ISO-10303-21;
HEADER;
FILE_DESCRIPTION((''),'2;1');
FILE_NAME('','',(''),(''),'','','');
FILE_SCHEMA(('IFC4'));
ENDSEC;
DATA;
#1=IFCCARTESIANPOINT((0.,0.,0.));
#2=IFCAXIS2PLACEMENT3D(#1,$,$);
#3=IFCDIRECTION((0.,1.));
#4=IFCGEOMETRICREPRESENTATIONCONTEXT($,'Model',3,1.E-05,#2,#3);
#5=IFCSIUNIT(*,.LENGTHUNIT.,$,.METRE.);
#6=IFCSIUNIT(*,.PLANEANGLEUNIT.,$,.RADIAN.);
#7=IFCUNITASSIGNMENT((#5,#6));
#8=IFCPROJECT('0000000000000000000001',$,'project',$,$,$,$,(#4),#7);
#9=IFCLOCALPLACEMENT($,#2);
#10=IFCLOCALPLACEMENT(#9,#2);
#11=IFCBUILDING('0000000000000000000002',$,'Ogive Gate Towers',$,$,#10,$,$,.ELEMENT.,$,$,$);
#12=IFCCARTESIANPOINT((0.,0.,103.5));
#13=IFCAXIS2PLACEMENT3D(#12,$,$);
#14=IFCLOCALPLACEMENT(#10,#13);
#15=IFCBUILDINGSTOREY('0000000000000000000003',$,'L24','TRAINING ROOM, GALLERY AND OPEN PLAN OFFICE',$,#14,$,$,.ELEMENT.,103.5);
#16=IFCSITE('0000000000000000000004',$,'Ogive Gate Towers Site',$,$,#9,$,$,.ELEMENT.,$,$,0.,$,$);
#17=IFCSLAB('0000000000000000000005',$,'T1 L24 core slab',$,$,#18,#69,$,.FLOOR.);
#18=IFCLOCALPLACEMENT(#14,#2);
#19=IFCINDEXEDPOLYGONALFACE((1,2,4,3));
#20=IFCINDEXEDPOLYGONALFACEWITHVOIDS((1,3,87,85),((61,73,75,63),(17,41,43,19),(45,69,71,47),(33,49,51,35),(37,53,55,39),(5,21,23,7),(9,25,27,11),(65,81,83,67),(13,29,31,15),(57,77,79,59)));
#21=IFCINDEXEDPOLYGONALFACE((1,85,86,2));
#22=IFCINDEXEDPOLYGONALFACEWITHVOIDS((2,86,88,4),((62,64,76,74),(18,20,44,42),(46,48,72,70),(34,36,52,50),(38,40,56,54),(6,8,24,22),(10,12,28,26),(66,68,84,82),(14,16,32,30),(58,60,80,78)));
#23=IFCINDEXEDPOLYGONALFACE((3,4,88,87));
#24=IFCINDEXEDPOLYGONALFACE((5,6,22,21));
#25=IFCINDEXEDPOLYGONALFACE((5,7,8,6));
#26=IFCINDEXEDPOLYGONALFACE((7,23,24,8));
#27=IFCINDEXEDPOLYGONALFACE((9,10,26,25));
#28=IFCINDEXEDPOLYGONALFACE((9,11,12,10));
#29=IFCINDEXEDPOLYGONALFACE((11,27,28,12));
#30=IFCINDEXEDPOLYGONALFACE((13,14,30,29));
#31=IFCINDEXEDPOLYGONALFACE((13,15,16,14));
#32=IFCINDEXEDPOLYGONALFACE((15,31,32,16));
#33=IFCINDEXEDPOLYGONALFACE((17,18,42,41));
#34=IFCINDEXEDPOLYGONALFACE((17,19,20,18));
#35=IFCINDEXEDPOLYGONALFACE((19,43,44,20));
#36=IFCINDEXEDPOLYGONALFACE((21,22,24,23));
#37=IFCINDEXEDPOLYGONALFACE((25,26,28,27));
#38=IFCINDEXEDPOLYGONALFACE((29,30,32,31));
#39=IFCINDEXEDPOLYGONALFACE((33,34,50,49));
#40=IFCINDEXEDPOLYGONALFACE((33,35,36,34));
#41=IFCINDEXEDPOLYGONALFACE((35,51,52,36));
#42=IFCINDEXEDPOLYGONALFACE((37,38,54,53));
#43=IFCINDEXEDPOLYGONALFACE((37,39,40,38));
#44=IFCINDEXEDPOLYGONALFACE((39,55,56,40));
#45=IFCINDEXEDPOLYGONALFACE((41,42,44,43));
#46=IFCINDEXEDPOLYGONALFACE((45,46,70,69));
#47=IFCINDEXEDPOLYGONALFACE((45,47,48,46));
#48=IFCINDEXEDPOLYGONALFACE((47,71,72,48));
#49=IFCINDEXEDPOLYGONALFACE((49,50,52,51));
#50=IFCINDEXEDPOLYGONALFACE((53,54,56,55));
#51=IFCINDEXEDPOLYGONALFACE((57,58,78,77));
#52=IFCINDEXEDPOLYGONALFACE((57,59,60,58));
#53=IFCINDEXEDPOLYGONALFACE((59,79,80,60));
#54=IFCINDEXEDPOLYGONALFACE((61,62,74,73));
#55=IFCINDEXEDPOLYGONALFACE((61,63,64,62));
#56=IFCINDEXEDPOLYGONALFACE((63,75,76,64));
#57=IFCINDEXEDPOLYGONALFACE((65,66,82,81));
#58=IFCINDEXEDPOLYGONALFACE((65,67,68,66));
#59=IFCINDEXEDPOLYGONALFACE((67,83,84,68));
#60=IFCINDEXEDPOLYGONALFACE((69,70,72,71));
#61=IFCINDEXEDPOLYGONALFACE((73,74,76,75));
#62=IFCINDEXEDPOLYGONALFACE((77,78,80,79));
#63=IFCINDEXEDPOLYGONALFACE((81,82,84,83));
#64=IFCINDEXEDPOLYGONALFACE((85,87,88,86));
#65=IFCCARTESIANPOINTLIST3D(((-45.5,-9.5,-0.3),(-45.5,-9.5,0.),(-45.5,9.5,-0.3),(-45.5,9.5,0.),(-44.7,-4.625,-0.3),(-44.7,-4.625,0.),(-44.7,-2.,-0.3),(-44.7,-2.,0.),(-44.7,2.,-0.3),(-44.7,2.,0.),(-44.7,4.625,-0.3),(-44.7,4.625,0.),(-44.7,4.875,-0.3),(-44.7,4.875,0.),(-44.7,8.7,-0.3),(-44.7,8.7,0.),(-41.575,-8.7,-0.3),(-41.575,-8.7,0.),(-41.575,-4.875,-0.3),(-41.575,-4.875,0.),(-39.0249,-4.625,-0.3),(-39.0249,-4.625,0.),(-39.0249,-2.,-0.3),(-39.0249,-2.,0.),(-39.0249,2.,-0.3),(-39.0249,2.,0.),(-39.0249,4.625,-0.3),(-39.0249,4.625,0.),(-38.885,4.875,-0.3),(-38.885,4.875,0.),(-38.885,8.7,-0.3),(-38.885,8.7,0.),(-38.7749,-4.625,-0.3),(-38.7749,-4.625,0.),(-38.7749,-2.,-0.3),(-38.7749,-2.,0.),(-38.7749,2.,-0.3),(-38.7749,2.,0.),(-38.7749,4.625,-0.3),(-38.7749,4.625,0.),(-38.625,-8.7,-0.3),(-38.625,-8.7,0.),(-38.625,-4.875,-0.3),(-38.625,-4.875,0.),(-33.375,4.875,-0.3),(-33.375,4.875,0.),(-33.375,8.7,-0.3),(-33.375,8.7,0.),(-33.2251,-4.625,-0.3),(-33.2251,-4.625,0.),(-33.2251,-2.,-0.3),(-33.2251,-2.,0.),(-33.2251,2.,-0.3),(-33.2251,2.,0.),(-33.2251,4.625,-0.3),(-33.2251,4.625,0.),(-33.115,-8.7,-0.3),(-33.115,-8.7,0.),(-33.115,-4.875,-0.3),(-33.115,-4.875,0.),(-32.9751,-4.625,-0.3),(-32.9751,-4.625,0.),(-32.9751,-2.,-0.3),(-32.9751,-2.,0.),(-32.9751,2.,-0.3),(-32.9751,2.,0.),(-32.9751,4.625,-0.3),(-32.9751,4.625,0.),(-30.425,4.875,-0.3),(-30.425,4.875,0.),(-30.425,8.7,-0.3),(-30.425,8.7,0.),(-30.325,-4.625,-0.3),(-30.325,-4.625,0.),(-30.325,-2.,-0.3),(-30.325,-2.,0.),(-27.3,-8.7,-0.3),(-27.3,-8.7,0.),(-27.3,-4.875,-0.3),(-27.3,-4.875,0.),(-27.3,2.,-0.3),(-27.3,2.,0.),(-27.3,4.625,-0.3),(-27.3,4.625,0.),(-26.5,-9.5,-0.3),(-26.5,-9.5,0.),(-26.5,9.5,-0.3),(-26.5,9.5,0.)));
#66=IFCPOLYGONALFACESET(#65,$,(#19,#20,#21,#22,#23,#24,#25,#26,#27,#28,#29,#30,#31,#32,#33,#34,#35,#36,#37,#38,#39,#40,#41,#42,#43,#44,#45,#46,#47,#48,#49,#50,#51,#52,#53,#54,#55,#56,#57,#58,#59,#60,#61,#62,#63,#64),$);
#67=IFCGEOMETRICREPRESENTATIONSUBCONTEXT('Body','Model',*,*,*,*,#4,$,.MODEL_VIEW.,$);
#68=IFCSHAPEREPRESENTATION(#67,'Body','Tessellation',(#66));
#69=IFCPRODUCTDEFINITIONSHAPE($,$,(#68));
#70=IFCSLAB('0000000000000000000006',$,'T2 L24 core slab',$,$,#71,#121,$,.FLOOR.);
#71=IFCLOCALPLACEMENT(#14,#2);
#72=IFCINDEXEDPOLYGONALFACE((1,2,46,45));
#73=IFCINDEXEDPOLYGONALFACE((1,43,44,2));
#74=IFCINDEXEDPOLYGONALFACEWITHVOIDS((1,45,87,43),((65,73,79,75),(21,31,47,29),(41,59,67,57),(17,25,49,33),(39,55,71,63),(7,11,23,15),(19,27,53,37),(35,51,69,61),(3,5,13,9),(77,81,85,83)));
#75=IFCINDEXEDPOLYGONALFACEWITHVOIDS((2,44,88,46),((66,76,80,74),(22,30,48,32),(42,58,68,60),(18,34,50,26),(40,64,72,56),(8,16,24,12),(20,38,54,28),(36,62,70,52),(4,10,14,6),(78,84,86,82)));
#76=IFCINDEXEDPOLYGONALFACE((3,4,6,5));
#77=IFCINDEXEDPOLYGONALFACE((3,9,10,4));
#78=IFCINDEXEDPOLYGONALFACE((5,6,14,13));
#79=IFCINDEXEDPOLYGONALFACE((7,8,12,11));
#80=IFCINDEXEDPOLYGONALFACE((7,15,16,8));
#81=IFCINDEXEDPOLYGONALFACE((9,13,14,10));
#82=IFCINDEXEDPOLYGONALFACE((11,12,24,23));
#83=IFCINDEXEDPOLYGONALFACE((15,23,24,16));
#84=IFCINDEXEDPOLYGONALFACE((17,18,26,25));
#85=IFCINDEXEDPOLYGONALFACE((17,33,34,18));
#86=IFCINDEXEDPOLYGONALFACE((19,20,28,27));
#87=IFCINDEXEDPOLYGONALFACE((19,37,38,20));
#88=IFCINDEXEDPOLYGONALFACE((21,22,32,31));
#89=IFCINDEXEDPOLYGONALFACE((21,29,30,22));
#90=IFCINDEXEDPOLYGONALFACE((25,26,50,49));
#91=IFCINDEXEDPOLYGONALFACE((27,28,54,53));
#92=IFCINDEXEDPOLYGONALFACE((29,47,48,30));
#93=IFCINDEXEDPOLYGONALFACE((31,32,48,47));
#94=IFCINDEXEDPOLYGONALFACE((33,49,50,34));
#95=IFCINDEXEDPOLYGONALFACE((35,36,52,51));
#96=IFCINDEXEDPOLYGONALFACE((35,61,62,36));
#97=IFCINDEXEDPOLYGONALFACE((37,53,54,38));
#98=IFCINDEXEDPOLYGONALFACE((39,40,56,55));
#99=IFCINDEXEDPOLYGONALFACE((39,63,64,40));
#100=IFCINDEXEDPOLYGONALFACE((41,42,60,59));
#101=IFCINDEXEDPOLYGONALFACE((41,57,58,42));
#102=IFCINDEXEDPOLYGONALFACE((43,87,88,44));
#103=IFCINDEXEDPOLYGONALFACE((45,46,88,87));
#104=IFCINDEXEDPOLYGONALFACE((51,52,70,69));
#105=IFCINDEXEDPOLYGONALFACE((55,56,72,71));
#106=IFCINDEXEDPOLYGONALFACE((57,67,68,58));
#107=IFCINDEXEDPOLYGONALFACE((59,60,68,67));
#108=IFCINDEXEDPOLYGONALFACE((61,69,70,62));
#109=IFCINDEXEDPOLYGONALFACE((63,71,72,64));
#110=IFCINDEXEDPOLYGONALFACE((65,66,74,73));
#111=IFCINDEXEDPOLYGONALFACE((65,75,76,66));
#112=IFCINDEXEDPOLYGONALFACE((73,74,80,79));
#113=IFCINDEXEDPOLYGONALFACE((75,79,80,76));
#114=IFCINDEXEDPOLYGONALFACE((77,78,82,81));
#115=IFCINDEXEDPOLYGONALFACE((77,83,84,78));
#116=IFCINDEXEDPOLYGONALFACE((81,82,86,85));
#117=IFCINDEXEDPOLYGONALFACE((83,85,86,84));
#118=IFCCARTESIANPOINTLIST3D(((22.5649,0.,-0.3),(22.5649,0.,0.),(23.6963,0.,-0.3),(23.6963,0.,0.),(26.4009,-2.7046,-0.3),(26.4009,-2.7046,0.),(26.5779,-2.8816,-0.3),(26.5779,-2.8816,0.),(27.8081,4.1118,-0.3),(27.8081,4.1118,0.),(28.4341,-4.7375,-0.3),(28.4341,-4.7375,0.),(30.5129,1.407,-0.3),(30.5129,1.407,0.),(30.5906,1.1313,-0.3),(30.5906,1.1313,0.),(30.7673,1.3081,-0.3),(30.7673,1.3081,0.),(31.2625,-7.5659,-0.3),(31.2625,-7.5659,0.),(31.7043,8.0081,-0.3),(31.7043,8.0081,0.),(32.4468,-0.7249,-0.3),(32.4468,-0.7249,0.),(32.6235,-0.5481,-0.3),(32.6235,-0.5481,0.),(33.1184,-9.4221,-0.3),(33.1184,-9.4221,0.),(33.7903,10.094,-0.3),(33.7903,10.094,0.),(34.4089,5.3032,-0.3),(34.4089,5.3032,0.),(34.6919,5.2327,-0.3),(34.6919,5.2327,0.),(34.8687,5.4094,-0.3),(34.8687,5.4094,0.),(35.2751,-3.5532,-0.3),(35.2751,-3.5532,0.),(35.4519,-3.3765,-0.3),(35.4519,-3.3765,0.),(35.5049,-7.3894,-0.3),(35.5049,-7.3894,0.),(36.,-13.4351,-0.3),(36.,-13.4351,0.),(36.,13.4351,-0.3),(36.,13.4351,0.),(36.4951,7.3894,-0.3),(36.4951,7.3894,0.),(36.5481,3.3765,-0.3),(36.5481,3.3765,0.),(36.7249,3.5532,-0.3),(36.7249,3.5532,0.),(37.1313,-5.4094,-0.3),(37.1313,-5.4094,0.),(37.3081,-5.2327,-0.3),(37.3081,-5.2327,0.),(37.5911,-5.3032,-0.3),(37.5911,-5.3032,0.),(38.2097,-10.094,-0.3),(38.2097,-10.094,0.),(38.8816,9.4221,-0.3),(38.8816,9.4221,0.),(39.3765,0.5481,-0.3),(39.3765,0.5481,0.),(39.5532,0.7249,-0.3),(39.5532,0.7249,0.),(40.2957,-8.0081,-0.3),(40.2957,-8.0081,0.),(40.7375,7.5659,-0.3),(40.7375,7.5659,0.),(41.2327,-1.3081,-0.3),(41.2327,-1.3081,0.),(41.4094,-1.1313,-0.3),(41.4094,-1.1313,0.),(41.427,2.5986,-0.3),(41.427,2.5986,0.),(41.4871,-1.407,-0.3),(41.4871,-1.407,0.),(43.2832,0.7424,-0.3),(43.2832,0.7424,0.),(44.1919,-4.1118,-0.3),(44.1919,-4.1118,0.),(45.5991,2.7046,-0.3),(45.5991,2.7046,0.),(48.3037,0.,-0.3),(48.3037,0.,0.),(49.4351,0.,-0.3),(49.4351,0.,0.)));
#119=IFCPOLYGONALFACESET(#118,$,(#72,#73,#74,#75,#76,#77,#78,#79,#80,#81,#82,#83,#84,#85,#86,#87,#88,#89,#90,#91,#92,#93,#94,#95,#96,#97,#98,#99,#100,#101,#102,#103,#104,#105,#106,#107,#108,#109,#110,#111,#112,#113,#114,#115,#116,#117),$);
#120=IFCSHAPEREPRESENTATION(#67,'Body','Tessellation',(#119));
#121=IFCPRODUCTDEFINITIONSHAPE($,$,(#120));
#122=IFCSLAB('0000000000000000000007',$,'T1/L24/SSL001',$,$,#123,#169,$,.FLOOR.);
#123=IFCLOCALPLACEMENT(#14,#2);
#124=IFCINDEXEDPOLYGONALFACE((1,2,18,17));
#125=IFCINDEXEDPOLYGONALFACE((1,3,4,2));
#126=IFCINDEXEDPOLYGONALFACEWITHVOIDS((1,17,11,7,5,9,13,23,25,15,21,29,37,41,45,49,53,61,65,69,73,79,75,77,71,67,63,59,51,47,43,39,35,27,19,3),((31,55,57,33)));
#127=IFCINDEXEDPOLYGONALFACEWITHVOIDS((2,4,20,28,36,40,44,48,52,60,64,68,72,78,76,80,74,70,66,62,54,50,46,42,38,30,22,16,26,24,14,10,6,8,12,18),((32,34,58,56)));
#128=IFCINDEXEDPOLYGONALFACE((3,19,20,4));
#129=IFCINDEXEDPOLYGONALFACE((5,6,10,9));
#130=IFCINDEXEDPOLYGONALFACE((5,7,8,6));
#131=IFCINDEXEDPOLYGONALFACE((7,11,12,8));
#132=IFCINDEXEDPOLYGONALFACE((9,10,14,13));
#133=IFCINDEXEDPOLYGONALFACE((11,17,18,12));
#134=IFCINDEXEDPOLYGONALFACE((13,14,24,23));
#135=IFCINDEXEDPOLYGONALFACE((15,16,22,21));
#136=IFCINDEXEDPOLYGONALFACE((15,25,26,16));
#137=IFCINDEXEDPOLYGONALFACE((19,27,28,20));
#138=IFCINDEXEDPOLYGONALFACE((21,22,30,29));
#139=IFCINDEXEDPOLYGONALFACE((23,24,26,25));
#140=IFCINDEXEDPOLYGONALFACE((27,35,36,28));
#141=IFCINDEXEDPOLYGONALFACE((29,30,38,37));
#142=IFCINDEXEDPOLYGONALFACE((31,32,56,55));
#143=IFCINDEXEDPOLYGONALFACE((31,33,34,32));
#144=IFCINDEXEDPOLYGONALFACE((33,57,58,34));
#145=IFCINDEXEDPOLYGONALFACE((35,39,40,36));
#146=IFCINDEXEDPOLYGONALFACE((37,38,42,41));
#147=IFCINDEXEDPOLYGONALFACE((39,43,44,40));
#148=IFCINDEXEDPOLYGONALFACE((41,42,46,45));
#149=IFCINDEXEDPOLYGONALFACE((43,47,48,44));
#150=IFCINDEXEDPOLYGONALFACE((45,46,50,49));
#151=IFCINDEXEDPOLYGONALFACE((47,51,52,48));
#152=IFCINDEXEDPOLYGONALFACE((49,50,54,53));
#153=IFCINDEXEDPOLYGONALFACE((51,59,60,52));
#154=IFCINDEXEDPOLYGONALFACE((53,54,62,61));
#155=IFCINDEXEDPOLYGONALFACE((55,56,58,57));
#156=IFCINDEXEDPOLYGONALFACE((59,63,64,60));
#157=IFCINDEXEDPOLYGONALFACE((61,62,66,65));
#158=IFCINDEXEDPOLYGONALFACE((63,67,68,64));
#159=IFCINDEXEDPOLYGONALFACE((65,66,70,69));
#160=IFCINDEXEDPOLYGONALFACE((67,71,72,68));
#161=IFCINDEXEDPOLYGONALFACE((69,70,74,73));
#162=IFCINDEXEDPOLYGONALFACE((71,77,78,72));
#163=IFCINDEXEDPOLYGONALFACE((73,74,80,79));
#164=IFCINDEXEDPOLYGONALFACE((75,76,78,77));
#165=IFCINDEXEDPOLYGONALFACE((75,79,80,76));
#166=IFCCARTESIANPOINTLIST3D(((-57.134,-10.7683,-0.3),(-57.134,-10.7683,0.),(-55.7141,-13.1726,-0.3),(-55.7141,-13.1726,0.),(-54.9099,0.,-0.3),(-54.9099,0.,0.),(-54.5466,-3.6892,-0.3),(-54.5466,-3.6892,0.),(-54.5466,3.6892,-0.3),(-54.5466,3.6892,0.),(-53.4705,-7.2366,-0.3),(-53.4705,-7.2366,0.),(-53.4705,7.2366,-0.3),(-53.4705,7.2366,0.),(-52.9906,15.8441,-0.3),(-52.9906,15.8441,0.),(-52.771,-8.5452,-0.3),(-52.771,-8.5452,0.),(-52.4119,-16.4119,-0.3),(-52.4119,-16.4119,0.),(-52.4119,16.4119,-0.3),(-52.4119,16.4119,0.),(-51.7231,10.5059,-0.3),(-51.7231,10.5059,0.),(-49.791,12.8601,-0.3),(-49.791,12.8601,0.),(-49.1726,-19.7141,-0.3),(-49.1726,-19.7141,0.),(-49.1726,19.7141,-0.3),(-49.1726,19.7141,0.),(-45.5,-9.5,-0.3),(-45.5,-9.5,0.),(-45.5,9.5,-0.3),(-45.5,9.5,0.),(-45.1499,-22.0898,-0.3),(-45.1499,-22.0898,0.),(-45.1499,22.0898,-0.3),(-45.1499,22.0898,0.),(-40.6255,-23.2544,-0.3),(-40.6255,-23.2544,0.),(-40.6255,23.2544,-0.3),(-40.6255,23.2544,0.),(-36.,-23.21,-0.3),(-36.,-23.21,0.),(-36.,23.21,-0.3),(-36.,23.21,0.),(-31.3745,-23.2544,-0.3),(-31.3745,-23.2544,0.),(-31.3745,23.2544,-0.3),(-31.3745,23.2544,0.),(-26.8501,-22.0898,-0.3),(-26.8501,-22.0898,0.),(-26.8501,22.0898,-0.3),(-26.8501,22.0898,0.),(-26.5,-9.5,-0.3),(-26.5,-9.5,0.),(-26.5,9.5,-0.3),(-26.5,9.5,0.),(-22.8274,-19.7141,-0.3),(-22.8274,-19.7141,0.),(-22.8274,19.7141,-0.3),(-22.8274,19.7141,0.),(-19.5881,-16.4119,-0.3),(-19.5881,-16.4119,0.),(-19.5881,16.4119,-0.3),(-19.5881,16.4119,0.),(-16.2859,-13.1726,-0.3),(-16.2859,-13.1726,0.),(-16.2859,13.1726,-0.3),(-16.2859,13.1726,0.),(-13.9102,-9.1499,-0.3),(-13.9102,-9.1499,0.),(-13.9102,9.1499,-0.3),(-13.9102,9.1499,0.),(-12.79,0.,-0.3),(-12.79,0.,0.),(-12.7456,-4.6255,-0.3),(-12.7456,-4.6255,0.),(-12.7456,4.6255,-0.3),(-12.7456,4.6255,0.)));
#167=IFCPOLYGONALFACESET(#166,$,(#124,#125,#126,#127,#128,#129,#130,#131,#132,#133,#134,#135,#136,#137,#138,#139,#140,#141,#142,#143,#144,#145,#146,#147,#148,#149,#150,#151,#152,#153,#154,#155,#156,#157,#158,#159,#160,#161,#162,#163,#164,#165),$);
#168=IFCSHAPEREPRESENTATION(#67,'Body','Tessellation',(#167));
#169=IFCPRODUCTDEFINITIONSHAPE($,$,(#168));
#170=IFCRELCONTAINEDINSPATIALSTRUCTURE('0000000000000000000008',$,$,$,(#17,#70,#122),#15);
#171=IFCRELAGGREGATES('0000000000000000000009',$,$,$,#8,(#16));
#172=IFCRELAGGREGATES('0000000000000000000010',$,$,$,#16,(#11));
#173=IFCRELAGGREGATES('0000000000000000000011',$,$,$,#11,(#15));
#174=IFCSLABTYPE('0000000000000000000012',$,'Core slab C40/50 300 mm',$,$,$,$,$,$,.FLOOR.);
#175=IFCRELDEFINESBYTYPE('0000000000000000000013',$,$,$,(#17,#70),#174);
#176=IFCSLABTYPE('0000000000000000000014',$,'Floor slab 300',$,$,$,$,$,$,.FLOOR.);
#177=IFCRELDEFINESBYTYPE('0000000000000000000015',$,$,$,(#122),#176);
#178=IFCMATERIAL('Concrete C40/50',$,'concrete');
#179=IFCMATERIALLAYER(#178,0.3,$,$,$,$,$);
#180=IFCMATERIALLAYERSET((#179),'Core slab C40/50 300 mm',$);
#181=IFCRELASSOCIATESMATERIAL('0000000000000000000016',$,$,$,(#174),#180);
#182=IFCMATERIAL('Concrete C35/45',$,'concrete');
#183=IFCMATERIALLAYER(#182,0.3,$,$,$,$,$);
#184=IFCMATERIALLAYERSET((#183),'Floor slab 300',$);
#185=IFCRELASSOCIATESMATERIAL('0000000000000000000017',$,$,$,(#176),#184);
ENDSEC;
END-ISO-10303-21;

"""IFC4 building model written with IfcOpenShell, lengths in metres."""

from ifc_helpers import new_model, si_unit, direction, frame, origin, place, context, subcontext, project, spatial, polyline, outline, extrude, material, layer, layer_set, type_object, element, save


model = new_model("IFC4")

# Units and contexts
model_context = context("Model", 3, precision=1e-05, world=origin(), true_north=direction((0.0, 1.0)))
body_context = subcontext(model_context, "Body", "Model", "MODEL_VIEW")
ifc_project = project(units=[si_unit("LENGTHUNIT", "METRE"), si_unit("PLANEANGLEUNIT", "RADIAN")], contexts=[model_context])

# Site, building, storey
site_placement = place(None, origin())
site = spatial("IfcSite", under=ifc_project, at=site_placement, Name="Ogive Gate Towers Site", CompositionType="ELEMENT", RefElevation=0.0)
building_placement = place(site_placement, origin())
building = spatial("IfcBuilding", under=site, at=building_placement, Name="Ogive Gate Towers", CompositionType="ELEMENT")
storey_placement = place(building_placement, frame((0.0, 0.0, 103.5)))
storey = spatial("IfcBuildingStorey", under=building, at=storey_placement, Name="L24", Description="TRAINING ROOM, GALLERY AND OPEN PLAN OFFICE", CompositionType="ELEMENT", Elevation=103.5)

# Shared definitions
ifc_material_1 = material(Name="Concrete C40/50", Category="concrete")

# Slabs
ifc_layer_1 = layer(ifc_material_1, 0.3)
ifc_layer_set_1 = layer_set([ifc_layer_1], Name="Core slab C40/50 300 mm")
slab_type_1 = type_object("IfcSlabType", Name="Core slab C40/50 300 mm", PredefinedType="FLOOR", material=ifc_layer_set_1)
slab_1_placement = place(storey_placement, frame((0.0, 0.0, -0.3)))
element("IfcSlab", 1, at=slab_1_placement, inside=storey, type_object=slab_type_1, Name="T1 L24 core slab", PredefinedType="FLOOR", context=body_context, shape_type="SweptSolid", body=[
    extrude(outline(polyline([(-26.5, 9.5), (-26.5, -9.5), (-45.5, -9.5), (-45.5, 9.5), (-26.5, 9.5)]), holes=[polyline([(-39.0249, 4.625), (-44.7, 4.625), (-44.7, 2.0), (-39.0249, 2.0), (-39.0249, 4.625)]), polyline([(-33.2251, 2.0), (-33.2251, 4.625), (-38.7749, 4.625), (-38.7749, 2.0), (-33.2251, 2.0)]), polyline([(-32.9751, 2.0), (-27.3, 2.0), (-27.3, 4.625), (-32.9751, 4.625), (-32.9751, 2.0)]), polyline([(-44.7, -2.0), (-44.7, -4.625), (-39.0249, -4.625), (-39.0249, -2.0), (-44.7, -2.0)]), polyline([(-33.2251, -2.0), (-38.7749, -2.0), (-38.7749, -4.625), (-33.2251, -4.625), (-33.2251, -2.0)]), polyline([(-30.325, -4.625), (-30.325, -2.0), (-32.9751, -2.0), (-32.9751, -4.625), (-30.325, -4.625)]), polyline([(-33.375, 4.875), (-30.425, 4.875), (-30.425, 8.7), (-33.375, 8.7), (-33.375, 4.875)]), polyline([(-41.575, -4.875), (-41.575, -8.7), (-38.625, -8.7), (-38.625, -4.875), (-41.575, -4.875)]), polyline([(-44.7, 4.875), (-38.885, 4.875), (-38.885, 8.7), (-44.7, 8.7), (-44.7, 4.875)]), polyline([(-27.3, -8.7), (-27.3, -4.875), (-33.115, -4.875), (-33.115, -8.7), (-27.3, -8.7)])]), origin(), (0.0, 0.0, 1.0), 0.3),
])
slab_2_placement = place(storey_placement, frame((0.0, 0.0, -0.3)))
element("IfcSlab", 2, at=slab_2_placement, inside=storey, type_object=slab_type_1, Name="T2 L24 core slab", PredefinedType="FLOOR", context=body_context, shape_type="SweptSolid", body=[
    extrude(outline(polyline([(36.0, 13.4351), (49.4351, 0.0), (36.0, -13.4351), (22.5649, 0.0), (36.0, 13.4351)]), holes=[polyline([(30.5906, 1.1313), (26.5779, -2.8816), (28.4341, -4.7375), (32.4468, -0.7249), (30.5906, 1.1313)]), polyline([(36.5481, 3.3765), (34.6919, 5.2327), (30.7673, 1.3081), (32.6235, -0.5481), (36.5481, 3.3765)]), polyline([(36.7249, 3.5532), (40.7375, 7.5659), (38.8816, 9.4221), (34.8687, 5.4094), (36.7249, 3.5532)]), polyline([(31.2625, -7.5659), (33.1184, -9.4221), (37.1313, -5.4094), (35.2751, -3.5532), (31.2625, -7.5659)]), polyline([(39.3765, 0.5481), (35.4519, -3.3765), (37.3081, -5.2327), (41.2327, -1.3081), (39.3765, 0.5481)]), polyline([(43.2832, 0.7424), (41.427, 2.5986), (39.5532, 0.7249), (41.4094, -1.1313), (43.2832, 0.7424)]), polyline([(34.4089, 5.3032), (36.4951, 7.3894), (33.7903, 10.094), (31.7043, 8.0081), (34.4089, 5.3032)]), polyline([(35.5049, -7.3894), (38.2097, -10.094), (40.2957, -8.0081), (37.5911, -5.3032), (35.5049, -7.3894)]), polyline([(26.4009, -2.7046), (30.5129, 1.407), (27.8081, 4.1118), (23.6963, 0.0), (26.4009, -2.7046)]), polyline([(48.3037, 0.0), (45.5991, 2.7046), (41.4871, -1.407), (44.1919, -4.1118), (48.3037, 0.0)])]), origin(), (0.0, 0.0, 1.0), 0.3),
])
ifc_material_2 = material(Name="Concrete C35/45", Category="concrete")
ifc_layer_2 = layer(ifc_material_2, 0.3)
ifc_layer_set_2 = layer_set([ifc_layer_2], Name="Floor slab 300")
slab_type_2 = type_object("IfcSlabType", Name="Floor slab 300", PredefinedType="FLOOR", material=ifc_layer_set_2)
slab_3_placement = place(storey_placement, frame((0.0, 0.0, -0.3)))
element("IfcSlab", 3, at=slab_3_placement, inside=storey, type_object=slab_type_2, Name="T1/L24/SSL001", PredefinedType="FLOOR", context=body_context, shape_type="SweptSolid", body=[
    extrude(outline(polyline([(-49.1726, 19.7141), (-52.4119, 16.4119), (-55.7141, 13.1726), (-52.9907, 15.8442), (-49.791, 12.8601), (-51.7231, 10.5059), (-53.4705, 7.2366), (-54.5466, 3.6892), (-54.9099, 0.0), (-54.5466, -3.6892), (-53.4705, -7.2366), (-52.771, -8.5452), (-57.134, -10.7683), (-58.0898, -9.1499), (-55.7141, -13.1726), (-52.4119, -16.4119), (-49.1726, -19.7141), (-45.1499, -22.0898), (-40.6255, -23.2544), (-36.0, -23.21), (-31.3745, -23.2544), (-26.8501, -22.0898), (-22.8274, -19.7141), (-19.5881, -16.4119), (-16.2859, -13.1726), (-13.9102, -9.1499), (-12.7456, -4.6255), (-12.79, 0.0), (-12.7456, 4.6255), (-13.9102, 9.1499), (-16.2859, 13.1726), (-19.5881, 16.4119), (-22.8274, 19.7141), (-26.8501, 22.0898), (-31.3745, 23.2544), (-36.0, 23.21), (-40.6255, 23.2544), (-45.1499, 22.0898), (-49.1726, 19.7141)]), holes=[polyline([(-26.5, -9.5), (-45.5, -9.5), (-45.5, 9.5), (-26.5, 9.5), (-26.5, -9.5)])]), origin(), (0.0, 0.0, 1.0), 0.3),
])

save(model, "model.ifc")
